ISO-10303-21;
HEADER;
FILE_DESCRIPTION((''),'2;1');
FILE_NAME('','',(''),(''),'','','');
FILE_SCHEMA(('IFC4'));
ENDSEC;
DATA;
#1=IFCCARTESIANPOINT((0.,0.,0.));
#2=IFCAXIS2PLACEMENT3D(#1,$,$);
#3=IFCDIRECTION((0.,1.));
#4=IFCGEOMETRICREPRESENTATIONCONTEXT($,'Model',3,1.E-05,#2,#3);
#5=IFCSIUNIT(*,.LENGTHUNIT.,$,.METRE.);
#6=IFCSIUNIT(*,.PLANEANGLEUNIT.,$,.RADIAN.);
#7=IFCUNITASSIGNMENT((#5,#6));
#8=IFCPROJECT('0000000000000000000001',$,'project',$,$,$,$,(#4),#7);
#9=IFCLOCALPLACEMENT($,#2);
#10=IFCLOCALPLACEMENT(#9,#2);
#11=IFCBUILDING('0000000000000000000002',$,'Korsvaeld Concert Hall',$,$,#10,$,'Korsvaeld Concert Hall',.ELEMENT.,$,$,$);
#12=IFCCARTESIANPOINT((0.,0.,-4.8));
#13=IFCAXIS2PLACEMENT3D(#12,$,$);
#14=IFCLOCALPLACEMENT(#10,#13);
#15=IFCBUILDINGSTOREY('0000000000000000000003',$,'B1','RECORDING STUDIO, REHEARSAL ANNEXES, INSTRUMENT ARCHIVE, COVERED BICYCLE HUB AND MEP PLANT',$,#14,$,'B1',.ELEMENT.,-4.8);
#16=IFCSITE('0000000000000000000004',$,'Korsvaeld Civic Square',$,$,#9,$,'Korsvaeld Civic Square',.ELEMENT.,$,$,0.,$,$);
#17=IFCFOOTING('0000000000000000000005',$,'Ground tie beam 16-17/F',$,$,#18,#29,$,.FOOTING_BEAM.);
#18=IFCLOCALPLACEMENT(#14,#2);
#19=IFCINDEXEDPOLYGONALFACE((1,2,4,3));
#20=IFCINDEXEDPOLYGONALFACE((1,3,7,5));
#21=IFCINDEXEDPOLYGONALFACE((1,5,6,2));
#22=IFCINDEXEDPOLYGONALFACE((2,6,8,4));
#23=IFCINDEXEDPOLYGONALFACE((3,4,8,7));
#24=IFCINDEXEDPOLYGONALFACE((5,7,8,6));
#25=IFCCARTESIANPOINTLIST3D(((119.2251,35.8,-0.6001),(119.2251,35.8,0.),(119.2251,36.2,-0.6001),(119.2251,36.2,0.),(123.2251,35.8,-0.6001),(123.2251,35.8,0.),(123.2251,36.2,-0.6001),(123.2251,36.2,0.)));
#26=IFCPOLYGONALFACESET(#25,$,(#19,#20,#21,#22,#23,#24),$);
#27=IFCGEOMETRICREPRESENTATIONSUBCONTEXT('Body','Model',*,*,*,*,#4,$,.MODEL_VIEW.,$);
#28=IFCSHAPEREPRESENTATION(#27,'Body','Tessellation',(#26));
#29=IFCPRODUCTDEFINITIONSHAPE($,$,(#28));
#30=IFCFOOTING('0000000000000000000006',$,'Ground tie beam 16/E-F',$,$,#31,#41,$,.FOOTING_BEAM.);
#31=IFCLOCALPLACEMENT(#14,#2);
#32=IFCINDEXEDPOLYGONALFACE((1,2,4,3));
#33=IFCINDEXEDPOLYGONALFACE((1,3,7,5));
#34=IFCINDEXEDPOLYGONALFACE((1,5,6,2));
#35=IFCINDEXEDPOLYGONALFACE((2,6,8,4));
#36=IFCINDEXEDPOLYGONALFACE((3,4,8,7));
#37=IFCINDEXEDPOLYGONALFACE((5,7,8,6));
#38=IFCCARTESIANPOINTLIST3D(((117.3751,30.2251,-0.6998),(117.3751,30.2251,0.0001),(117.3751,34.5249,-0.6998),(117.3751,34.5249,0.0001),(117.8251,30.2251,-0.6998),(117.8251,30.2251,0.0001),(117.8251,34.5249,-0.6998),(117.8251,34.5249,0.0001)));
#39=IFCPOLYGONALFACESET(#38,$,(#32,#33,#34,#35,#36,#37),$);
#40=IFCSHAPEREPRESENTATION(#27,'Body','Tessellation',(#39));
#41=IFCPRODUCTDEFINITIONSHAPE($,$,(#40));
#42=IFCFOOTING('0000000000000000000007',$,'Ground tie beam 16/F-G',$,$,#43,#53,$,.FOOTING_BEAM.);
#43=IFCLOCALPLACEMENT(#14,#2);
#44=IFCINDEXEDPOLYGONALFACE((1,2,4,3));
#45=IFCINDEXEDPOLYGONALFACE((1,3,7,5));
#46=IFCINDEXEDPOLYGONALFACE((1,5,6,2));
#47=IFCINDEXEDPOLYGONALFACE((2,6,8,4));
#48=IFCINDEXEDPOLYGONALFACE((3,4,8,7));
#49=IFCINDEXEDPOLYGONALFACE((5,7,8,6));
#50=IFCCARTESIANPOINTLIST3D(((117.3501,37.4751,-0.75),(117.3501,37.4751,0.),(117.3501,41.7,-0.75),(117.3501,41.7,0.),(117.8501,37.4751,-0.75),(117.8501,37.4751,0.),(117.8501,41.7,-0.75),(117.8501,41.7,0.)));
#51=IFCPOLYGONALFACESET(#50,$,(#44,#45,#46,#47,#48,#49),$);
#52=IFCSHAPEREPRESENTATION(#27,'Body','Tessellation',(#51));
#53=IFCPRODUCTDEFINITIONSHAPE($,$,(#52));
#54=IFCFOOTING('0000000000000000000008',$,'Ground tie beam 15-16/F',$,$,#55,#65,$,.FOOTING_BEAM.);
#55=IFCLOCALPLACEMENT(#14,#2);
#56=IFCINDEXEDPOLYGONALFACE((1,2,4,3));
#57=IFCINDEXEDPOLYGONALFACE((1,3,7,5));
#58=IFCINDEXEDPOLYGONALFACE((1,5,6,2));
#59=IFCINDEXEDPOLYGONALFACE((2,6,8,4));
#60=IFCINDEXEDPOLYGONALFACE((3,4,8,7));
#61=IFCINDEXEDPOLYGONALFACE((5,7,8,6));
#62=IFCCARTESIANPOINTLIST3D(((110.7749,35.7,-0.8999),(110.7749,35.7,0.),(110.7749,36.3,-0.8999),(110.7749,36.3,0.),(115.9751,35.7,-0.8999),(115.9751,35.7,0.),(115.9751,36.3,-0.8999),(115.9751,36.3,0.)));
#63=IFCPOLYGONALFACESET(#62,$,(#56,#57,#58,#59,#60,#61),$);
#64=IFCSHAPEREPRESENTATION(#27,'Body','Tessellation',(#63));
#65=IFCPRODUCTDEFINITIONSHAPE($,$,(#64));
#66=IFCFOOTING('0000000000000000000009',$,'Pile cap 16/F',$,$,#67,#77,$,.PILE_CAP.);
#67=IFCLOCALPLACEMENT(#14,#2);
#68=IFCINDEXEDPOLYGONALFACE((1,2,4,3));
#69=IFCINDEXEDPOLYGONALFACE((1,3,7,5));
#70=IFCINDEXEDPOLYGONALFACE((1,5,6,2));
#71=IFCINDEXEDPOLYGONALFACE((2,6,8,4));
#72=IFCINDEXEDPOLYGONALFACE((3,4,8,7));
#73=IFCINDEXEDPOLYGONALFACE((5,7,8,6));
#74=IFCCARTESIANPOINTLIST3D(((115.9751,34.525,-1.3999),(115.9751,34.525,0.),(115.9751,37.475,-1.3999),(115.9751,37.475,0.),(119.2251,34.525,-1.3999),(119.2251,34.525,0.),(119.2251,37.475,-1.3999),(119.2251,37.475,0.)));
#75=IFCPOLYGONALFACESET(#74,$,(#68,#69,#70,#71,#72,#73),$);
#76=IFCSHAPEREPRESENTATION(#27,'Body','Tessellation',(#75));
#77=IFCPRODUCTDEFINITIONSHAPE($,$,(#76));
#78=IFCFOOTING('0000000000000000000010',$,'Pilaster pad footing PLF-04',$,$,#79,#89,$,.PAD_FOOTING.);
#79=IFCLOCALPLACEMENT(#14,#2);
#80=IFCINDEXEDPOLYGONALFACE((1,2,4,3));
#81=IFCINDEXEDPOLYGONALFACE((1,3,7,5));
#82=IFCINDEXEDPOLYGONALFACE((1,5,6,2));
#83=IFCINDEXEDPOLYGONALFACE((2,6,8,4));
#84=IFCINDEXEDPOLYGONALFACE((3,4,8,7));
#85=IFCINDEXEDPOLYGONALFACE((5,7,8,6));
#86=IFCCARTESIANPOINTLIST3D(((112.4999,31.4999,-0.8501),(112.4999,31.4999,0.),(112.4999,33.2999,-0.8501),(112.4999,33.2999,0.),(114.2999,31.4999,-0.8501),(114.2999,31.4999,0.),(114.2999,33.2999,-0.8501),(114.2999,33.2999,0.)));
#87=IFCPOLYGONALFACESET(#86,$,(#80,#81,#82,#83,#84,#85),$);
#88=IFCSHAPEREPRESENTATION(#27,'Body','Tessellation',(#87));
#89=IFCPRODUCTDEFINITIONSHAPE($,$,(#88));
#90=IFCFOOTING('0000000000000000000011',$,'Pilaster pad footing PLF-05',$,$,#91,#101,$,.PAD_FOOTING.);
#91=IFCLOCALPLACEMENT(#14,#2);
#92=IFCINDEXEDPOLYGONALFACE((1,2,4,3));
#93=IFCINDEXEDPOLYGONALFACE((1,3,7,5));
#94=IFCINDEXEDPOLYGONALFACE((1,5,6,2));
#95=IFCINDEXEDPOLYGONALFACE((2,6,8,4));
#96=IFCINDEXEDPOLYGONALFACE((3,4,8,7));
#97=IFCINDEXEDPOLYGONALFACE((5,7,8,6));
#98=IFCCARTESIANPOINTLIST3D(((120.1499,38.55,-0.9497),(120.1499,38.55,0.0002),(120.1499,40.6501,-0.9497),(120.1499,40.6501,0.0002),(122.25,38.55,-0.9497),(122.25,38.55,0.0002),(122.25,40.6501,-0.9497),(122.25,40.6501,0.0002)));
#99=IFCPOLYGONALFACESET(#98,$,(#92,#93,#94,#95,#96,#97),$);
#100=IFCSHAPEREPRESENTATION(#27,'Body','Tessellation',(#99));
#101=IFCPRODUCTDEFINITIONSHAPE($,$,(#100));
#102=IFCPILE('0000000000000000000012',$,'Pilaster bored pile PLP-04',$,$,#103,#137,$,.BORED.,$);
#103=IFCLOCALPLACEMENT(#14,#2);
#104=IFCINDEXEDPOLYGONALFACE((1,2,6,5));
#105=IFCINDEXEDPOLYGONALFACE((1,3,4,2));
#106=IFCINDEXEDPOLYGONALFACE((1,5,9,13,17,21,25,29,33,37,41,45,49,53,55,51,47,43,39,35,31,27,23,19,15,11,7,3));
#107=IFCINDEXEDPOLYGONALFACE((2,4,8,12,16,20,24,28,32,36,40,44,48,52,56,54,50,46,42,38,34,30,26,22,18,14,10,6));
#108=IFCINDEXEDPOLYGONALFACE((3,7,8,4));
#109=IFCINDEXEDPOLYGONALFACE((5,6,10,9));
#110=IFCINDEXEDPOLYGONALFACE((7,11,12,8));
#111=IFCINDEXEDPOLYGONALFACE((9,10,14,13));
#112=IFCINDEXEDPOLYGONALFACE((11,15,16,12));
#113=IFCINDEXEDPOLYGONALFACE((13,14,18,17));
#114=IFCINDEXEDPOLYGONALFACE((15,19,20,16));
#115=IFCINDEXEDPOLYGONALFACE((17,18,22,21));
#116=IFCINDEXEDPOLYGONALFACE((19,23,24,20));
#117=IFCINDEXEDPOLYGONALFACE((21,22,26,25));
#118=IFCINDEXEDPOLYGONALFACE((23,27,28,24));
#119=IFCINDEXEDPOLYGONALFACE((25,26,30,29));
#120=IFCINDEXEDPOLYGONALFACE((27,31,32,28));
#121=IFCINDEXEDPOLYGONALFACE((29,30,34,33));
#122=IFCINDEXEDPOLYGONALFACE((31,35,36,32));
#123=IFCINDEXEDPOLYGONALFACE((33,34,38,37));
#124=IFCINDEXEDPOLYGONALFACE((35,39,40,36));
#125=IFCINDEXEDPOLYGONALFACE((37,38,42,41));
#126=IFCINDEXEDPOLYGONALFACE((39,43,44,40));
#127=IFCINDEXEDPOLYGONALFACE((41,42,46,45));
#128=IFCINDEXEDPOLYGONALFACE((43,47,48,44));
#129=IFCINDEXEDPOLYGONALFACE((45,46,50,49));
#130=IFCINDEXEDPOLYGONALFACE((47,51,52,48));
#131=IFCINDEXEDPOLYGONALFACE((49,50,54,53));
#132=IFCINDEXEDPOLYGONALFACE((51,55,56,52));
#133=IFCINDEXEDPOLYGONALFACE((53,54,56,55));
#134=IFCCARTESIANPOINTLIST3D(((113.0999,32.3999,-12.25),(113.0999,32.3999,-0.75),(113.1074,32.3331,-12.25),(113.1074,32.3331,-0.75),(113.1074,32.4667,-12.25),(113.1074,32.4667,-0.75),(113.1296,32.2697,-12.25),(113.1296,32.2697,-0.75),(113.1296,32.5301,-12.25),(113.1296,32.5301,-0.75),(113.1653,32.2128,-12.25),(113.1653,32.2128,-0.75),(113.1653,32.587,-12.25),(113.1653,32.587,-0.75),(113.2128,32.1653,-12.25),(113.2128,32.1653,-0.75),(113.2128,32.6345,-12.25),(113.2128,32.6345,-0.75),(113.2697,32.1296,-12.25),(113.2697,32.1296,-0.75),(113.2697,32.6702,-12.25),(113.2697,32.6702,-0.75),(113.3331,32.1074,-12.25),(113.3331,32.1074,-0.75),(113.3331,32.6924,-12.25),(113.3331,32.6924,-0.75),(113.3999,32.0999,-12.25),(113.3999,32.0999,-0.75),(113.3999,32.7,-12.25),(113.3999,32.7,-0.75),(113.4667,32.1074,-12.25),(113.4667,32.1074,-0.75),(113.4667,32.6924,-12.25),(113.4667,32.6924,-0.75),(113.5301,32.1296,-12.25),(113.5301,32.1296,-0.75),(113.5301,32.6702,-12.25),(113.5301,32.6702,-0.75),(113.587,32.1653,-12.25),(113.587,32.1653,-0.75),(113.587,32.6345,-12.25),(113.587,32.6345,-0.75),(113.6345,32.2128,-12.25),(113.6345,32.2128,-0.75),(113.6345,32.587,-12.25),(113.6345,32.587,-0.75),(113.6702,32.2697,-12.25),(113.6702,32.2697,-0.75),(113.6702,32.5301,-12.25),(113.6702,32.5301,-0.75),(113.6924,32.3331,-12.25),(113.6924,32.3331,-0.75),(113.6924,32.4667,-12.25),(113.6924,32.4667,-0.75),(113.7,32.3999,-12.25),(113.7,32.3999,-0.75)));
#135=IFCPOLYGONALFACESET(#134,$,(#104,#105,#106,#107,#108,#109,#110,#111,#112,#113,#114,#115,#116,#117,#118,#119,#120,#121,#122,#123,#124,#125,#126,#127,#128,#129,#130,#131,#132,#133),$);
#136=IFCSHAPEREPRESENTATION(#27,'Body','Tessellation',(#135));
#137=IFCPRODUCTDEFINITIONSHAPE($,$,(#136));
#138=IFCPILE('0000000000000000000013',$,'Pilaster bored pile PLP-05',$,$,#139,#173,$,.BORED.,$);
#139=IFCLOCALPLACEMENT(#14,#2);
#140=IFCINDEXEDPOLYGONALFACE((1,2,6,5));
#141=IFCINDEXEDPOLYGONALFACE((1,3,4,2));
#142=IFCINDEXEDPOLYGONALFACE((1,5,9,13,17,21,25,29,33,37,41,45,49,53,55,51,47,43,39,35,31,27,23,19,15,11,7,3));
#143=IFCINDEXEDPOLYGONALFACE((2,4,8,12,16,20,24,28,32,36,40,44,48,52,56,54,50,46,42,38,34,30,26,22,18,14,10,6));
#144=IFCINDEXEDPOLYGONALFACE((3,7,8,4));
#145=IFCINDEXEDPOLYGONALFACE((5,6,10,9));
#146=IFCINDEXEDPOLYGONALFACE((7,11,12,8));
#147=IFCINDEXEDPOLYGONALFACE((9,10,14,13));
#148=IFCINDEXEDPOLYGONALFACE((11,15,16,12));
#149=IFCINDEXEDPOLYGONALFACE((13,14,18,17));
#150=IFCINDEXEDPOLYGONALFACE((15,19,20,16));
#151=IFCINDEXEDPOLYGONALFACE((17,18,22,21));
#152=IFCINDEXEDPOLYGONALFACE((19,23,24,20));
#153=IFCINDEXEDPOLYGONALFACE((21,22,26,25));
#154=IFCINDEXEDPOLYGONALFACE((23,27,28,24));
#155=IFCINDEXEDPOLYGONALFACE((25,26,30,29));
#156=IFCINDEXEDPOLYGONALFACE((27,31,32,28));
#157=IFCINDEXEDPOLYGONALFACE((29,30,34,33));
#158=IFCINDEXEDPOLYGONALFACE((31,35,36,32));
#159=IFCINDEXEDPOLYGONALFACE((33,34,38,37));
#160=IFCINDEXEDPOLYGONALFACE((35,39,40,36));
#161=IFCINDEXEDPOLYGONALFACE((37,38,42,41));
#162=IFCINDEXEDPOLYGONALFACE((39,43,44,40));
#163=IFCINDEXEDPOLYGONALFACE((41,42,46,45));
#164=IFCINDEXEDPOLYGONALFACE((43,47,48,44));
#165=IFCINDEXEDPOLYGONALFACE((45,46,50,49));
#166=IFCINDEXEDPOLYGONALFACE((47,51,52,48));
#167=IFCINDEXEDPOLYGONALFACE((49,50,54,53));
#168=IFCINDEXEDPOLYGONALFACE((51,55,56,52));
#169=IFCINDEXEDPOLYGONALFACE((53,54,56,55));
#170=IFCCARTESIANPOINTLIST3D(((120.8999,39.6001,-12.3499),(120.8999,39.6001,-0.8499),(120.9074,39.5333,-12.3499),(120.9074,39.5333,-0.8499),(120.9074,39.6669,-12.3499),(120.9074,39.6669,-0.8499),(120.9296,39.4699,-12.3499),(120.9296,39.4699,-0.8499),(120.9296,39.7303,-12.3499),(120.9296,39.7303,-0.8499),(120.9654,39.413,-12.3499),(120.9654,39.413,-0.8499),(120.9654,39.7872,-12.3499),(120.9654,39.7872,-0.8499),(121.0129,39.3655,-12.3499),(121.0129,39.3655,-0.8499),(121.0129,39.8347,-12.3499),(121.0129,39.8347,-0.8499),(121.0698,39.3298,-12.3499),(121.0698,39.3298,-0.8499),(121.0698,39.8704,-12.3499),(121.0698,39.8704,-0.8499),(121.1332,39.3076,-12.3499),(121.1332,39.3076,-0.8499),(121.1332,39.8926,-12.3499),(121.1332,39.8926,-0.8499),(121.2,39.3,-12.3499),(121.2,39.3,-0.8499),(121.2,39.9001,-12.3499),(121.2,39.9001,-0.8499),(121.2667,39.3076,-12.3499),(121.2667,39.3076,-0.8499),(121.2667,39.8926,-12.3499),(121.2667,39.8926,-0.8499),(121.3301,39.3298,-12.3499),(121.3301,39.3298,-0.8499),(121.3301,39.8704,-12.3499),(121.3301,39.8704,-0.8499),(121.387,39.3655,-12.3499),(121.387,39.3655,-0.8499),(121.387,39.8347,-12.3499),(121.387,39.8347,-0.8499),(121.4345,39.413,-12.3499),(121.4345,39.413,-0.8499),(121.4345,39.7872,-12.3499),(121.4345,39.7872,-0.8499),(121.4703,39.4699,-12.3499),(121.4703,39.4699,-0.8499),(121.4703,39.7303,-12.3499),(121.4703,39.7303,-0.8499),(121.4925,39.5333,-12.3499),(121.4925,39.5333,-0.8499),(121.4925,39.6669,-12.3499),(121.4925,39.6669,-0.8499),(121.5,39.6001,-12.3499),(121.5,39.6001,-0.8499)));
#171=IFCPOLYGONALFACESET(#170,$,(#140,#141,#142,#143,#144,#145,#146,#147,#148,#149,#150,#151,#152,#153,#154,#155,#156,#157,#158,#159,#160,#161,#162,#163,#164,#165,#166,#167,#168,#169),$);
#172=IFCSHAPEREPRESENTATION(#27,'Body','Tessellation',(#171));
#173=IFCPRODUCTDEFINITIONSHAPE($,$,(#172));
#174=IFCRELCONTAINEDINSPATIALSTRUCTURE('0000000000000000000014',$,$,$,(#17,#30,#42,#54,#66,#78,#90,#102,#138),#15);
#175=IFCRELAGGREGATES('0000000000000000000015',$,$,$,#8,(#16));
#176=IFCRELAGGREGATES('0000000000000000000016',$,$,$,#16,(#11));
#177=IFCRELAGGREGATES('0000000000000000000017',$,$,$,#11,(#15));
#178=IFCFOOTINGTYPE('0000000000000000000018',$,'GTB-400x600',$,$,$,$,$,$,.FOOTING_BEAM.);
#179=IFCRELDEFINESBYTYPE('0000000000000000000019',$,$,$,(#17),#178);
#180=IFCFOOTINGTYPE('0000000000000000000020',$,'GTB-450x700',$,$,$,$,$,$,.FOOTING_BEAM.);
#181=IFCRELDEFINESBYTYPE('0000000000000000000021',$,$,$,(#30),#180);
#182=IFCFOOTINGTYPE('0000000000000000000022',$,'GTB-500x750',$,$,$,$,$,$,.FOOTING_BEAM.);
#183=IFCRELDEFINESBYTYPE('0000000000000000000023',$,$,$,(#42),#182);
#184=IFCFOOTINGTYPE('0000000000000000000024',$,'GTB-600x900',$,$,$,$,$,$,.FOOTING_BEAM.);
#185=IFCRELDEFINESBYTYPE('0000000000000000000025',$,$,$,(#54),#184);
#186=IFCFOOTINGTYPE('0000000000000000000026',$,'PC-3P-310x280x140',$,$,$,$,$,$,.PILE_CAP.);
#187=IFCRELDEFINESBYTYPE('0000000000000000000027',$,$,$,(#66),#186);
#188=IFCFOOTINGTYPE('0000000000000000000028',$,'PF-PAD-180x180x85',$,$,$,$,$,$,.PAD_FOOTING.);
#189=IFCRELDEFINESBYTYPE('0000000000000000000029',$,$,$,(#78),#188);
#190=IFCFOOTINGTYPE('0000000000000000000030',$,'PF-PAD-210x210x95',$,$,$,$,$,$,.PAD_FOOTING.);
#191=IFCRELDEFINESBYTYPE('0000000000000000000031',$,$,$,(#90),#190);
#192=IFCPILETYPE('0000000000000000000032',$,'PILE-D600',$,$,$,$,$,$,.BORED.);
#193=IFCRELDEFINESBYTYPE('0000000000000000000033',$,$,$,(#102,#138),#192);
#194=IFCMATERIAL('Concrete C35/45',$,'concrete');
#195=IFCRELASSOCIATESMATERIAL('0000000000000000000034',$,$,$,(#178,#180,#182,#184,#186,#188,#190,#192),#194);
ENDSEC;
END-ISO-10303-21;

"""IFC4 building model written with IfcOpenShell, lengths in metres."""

from ifc_helpers import new_model, si_unit, direction, frame, origin, origin_2d, place, context, subcontext, project, spatial, rectangle, circle, extrude, material, material_profile, profile_set, type_object, element, save


model = new_model("IFC4")

# Units and contexts
model_context = context("Model", 3, precision=1e-05, world=origin(), true_north=direction((0.0, 1.0)))
body_context = subcontext(model_context, "Body", "Model", "MODEL_VIEW")
ifc_project = project(units=[si_unit("LENGTHUNIT", "METRE"), si_unit("PLANEANGLEUNIT", "RADIAN")], contexts=[model_context])

# Site, building, storey
site_placement = place(None, origin())
site = spatial("IfcSite", under=ifc_project, at=site_placement, Name="Korsvaeld Civic Square", LongName="Korsvaeld Civic Square", CompositionType="ELEMENT", RefElevation=0.0)
building_placement = place(site_placement, origin())
building = spatial("IfcBuilding", under=site, at=building_placement, Name="Korsvaeld Concert Hall", LongName="Korsvaeld Concert Hall", CompositionType="ELEMENT")
storey_placement = place(building_placement, frame((0.0, 0.0, -4.8)))
storey = spatial("IfcBuildingStorey", under=building, at=storey_placement, Name="B1", Description="RECORDING STUDIO, REHEARSAL ANNEXES, INSTRUMENT ARCHIVE, COVERED BICYCLE HUB AND MEP PLANT", LongName="B1", CompositionType="ELEMENT", Elevation=-4.8)

# Footings
ifc_material_1 = material(Name="Concrete C35/45", Category="concrete")
ifc_material_profile_1 = material_profile(ifc_material_1, rectangle(XDim=0.3999, YDim=0.6001, at=origin_2d()), Name="GTB 400x600")
ifc_profile_set_1 = profile_set([ifc_material_profile_1], Name="Concrete C35/45")
footing_type_1 = type_object("IfcFootingType", Name="GTB-400x600", PredefinedType="FOOTING_BEAM", material=ifc_profile_set_1)
footing_1_placement = place(storey_placement, frame((119.2251, 36.0, -0.3), z_axis=(1.0, 0.0, 0.0), x_axis=(0.0, 1.0, 0.0)))
element("IfcFooting", 1, at=footing_1_placement, inside=storey, type_object=footing_type_1, Name="Ground tie beam 16-17/F", PredefinedType="FOOTING_BEAM", context=body_context, shape_type="SweptSolid", body=[
    extrude(rectangle(XDim=0.3999, YDim=0.6001, at=origin_2d()), origin(), (0.0, 0.0, 1.0), 4.0),
])
ifc_material_profile_2 = material_profile(ifc_material_1, rectangle(XDim=0.45, YDim=0.7, at=origin_2d()), Name="GTB 450x700")
ifc_profile_set_2 = profile_set([ifc_material_profile_2], Name="Concrete C35/45")
footing_type_2 = type_object("IfcFootingType", Name="GTB-450x700", PredefinedType="FOOTING_BEAM", material=ifc_profile_set_2)
footing_2_placement = place(storey_placement, frame((117.6001, 30.2251, -0.3499), z_axis=(0.0, 1.0, 0.0), x_axis=(-1.0, 0.0, 0.0)))
element("IfcFooting", 2, at=footing_2_placement, inside=storey, type_object=footing_type_2, Name="Ground tie beam 16/E-F", PredefinedType="FOOTING_BEAM", context=body_context, shape_type="SweptSolid", body=[
    extrude(rectangle(XDim=0.45, YDim=0.7, at=origin_2d()), origin(), (0.0, 0.0, 1.0), 4.2998),
])
ifc_material_profile_3 = material_profile(ifc_material_1, rectangle(XDim=0.5, YDim=0.75, at=origin_2d()), Name="GTB 500x750")
ifc_profile_set_3 = profile_set([ifc_material_profile_3], Name="Concrete C35/45")
footing_type_3 = type_object("IfcFootingType", Name="GTB-500x750", PredefinedType="FOOTING_BEAM", material=ifc_profile_set_3)
footing_3_placement = place(storey_placement, frame((117.6001, 37.4751, -0.375), z_axis=(0.0, 1.0, 0.0), x_axis=(-1.0, 0.0, 0.0)))
element("IfcFooting", 3, at=footing_3_placement, inside=storey, type_object=footing_type_3, Name="Ground tie beam 16/F-G", PredefinedType="FOOTING_BEAM", context=body_context, shape_type="SweptSolid", body=[
    extrude(rectangle(XDim=0.5, YDim=0.75, at=origin_2d()), origin(), (0.0, 0.0, 1.0), 4.2249),
])
ifc_material_profile_4 = material_profile(ifc_material_1, rectangle(XDim=0.6001, YDim=0.8999, at=origin_2d()), Name="GTB 600x900")
ifc_profile_set_4 = profile_set([ifc_material_profile_4], Name="Concrete C35/45")
footing_type_4 = type_object("IfcFootingType", Name="GTB-600x900", PredefinedType="FOOTING_BEAM", material=ifc_profile_set_4)
footing_4_placement = place(storey_placement, frame((110.7749, 36.0, -0.45), z_axis=(1.0, 0.0, 0.0), x_axis=(0.0, 1.0, 0.0)))
element("IfcFooting", 4, at=footing_4_placement, inside=storey, type_object=footing_type_4, Name="Ground tie beam 15-16/F", PredefinedType="FOOTING_BEAM", context=body_context, shape_type="SweptSolid", body=[
    extrude(rectangle(XDim=0.6001, YDim=0.8999, at=origin_2d()), origin(), (0.0, 0.0, 1.0), 5.2002),
])
footing_type_5 = type_object("IfcFootingType", Name="PC-3P-310x280x140", PredefinedType="PILE_CAP", material=ifc_material_1)
footing_5_placement = place(storey_placement, frame((117.6001, 36.0, -1.3999), z_axis=(0.0, 0.0, 1.0), x_axis=(1.0, 0.0, 0.0)))
element("IfcFooting", 5, at=footing_5_placement, inside=storey, type_object=footing_type_5, Name="Pile cap 16/F", PredefinedType="PILE_CAP", context=body_context, shape_type="SweptSolid", body=[
    extrude(rectangle(XDim=3.25, YDim=2.95, at=origin_2d()), origin(), (0.0, 0.0, 1.0), 1.3999),
])
footing_type_6 = type_object("IfcFootingType", Name="PF-PAD-180x180x85", PredefinedType="PAD_FOOTING", material=ifc_material_1)
footing_6_placement = place(storey_placement, frame((113.3999, 32.3999, -0.8501), z_axis=(0.0, 0.0, 1.0), x_axis=(1.0, 0.0, 0.0)))
element("IfcFooting", 6, at=footing_6_placement, inside=storey, type_object=footing_type_6, Name="Pilaster pad footing PLF-04", PredefinedType="PAD_FOOTING", context=body_context, shape_type="SweptSolid", body=[
    extrude(rectangle(XDim=1.8, YDim=1.8, at=origin_2d()), origin(), (0.0, 0.0, 1.0), 0.8501),
])
footing_type_7 = type_object("IfcFootingType", Name="PF-PAD-210x210x95", PredefinedType="PAD_FOOTING", material=ifc_material_1)
footing_7_placement = place(storey_placement, frame((121.2, 39.6001, -0.9497), z_axis=(0.0, 0.0, 1.0), x_axis=(1.0, 0.0, 0.0)))
element("IfcFooting", 7, at=footing_7_placement, inside=storey, type_object=footing_type_7, Name="Pilaster pad footing PLF-05", PredefinedType="PAD_FOOTING", context=body_context, shape_type="SweptSolid", body=[
    extrude(rectangle(XDim=2.1001, YDim=2.1001, at=origin_2d()), origin(), (0.0, 0.0, 1.0), 0.95),
])

# Piles
ifc_material_profile_5 = material_profile(ifc_material_1, circle(Radius=0.3, at=origin_2d()), Name="BORED PILE D600")
ifc_profile_set_5 = profile_set([ifc_material_profile_5], Name="Concrete C35/45")
pile_type_1 = type_object("IfcPileType", Name="PILE-D600", PredefinedType="BORED", material=ifc_profile_set_5)
for number, where, z_axis, x_axis, name in (
    (8, (113.3999, 32.3999, -0.75), (0.0, 0.0, -1.0), (1.0, 0.0, 0.0), "Pilaster bored pile PLP-04"),
    (9, (121.2, 39.6001, -0.8499), (0.0, 0.0, -1.0), (1.0, 0.0, 0.0), "Pilaster bored pile PLP-05"),
):
    element("IfcPile", number, at=place(storey_placement, frame(where, z_axis=z_axis, x_axis=x_axis)), inside=storey, type_object=pile_type_1, Name=name, PredefinedType="BORED", context=body_context, shape_type="SweptSolid", body=[
        extrude(circle(Radius=0.3, at=origin_2d()), origin(), (0.0, 0.0, 1.0), 11.5),
    ])

save(model, "model.ifc")
